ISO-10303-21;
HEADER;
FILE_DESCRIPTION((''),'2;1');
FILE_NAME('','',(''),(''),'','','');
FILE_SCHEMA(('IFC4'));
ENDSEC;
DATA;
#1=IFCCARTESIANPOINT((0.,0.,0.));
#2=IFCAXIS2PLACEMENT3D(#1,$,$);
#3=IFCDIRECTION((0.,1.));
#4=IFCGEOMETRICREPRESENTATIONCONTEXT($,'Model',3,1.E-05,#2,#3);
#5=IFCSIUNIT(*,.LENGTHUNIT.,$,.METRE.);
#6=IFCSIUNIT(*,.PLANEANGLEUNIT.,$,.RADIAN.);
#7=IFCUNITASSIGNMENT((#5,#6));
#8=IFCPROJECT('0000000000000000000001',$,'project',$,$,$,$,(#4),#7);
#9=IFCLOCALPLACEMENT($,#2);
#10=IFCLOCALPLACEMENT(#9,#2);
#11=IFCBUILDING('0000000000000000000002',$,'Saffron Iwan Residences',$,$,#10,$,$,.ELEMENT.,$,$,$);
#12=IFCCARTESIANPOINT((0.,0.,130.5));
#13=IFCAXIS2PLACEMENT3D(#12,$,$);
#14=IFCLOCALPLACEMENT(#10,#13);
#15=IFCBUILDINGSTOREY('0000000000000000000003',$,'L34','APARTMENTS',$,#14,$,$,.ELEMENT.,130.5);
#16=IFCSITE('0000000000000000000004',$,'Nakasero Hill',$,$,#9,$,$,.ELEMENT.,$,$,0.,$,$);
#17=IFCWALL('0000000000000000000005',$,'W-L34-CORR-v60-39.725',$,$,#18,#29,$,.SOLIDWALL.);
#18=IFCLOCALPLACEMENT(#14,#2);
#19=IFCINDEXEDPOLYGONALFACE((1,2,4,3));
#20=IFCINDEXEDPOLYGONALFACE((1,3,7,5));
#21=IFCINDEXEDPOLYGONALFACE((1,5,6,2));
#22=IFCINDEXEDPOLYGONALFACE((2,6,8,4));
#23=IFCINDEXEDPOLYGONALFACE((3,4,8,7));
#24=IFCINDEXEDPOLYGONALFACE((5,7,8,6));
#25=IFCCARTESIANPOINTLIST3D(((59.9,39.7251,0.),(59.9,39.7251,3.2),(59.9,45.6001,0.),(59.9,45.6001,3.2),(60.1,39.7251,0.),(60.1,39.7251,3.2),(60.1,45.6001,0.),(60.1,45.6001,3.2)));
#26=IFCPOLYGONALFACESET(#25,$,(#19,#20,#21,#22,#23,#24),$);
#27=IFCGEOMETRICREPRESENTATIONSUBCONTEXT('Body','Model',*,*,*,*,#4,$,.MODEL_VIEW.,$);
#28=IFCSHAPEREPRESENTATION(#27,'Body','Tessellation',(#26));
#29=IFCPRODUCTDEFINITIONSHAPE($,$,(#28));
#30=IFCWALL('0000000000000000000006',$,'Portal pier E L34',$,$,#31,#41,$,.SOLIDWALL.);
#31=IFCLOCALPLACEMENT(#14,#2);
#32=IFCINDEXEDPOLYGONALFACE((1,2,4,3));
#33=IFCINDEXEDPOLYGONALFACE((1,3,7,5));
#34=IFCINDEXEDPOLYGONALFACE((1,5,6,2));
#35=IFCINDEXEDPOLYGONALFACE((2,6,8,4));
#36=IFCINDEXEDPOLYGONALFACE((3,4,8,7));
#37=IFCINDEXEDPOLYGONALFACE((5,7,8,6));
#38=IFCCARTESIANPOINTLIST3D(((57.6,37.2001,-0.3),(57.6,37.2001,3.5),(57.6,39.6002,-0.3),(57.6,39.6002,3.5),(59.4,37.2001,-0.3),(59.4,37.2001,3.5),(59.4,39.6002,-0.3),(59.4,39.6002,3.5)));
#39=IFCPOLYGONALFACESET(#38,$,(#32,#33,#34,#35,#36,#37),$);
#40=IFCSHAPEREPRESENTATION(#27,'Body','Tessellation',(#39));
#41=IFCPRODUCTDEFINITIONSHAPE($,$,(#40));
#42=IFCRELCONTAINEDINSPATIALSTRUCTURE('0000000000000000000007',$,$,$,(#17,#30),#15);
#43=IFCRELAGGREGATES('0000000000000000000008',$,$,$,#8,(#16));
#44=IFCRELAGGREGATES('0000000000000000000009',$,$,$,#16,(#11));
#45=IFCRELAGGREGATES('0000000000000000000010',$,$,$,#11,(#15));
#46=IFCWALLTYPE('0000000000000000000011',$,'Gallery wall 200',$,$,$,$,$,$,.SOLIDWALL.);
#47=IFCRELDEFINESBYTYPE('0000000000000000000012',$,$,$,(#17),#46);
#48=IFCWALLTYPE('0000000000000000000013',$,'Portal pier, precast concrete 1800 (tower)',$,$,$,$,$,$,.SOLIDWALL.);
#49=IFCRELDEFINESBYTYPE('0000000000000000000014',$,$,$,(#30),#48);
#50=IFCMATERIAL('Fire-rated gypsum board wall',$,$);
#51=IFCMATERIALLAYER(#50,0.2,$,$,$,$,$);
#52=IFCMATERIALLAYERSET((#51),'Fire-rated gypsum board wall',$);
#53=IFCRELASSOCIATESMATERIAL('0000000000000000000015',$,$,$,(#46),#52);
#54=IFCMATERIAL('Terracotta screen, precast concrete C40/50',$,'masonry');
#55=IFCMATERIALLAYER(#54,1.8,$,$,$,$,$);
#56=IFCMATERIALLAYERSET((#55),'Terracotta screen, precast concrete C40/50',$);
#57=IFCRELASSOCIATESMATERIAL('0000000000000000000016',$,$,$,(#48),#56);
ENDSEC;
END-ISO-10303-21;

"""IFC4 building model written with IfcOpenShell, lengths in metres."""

from ifc_helpers import new_model, si_unit, direction, frame, frame_2d, origin, place, context, subcontext, project, spatial, rectangle, extrude, material, layer, layer_set, type_object, element, save


model = new_model("IFC4")

# Units and contexts
model_context = context("Model", 3, precision=1e-05, world=origin(), true_north=direction((0.0, 1.0)))
body_context = subcontext(model_context, "Body", "Model", "MODEL_VIEW")
ifc_project = project(units=[si_unit("LENGTHUNIT", "METRE"), si_unit("PLANEANGLEUNIT", "RADIAN")], contexts=[model_context])

# Site, building, storey
site_placement = place(None, origin())
site = spatial("IfcSite", under=ifc_project, at=site_placement, Name="Nakasero Hill", CompositionType="ELEMENT", RefElevation=0.0)
building_placement = place(site_placement, origin())
building = spatial("IfcBuilding", under=site, at=building_placement, Name="Saffron Iwan Residences", CompositionType="ELEMENT")
storey_placement = place(building_placement, frame((0.0, 0.0, 130.5)))
storey = spatial("IfcBuildingStorey", under=building, at=storey_placement, Name="L34", Description="APARTMENTS", CompositionType="ELEMENT", Elevation=130.5)

# Walls
ifc_material_1 = material(Name="Fire-rated gypsum board wall")
ifc_layer_1 = layer(ifc_material_1, 0.2)
ifc_layer_set_1 = layer_set([ifc_layer_1], Name="Fire-rated gypsum board wall")
wall_type_1 = type_object("IfcWallType", Name="Gallery wall 200", PredefinedType="SOLIDWALL", material=ifc_layer_set_1)
wall_1_placement = place(storey_placement, frame((60.0, 39.7251, 0.0), z_axis=(0.0, 0.0, 1.0), x_axis=(0.0, 1.0, 0.0)))
element("IfcWall", 1, at=wall_1_placement, inside=storey, type_object=wall_type_1, Name="W-L34-CORR-v60-39.725", PredefinedType="SOLIDWALL", context=body_context, shape_type="SweptSolid", body=[
    extrude(rectangle(XDim=5.875, YDim=0.2, at=frame_2d((2.9375, 0.0))), origin(), (0.0, 0.0, 1.0), 3.2),
])
ifc_material_2 = material(Name="Terracotta screen, precast concrete C40/50", Category="masonry")
ifc_layer_2 = layer(ifc_material_2, 1.8)
ifc_layer_set_2 = layer_set([ifc_layer_2], Name="Terracotta screen, precast concrete C40/50")
wall_type_2 = type_object("IfcWallType", Name="Portal pier, precast concrete 1800 (tower)", PredefinedType="SOLIDWALL", material=ifc_layer_set_2)
wall_2_placement = place(storey_placement, frame((58.5, 37.2, -0.3), z_axis=(0.0, 0.0, 1.0), x_axis=(0.0, 1.0, 0.0)))
element("IfcWall", 2, at=wall_2_placement, inside=storey, type_object=wall_type_2, Name="Portal pier E L34", PredefinedType="SOLIDWALL", context=body_context, shape_type="SweptSolid", body=[
    extrude(rectangle(XDim=2.4001, YDim=1.8, at=frame_2d((1.2002, 0.0))), origin(), (0.0, 0.0, 1.0), 3.8),
])

save(model, "model.ifc")
